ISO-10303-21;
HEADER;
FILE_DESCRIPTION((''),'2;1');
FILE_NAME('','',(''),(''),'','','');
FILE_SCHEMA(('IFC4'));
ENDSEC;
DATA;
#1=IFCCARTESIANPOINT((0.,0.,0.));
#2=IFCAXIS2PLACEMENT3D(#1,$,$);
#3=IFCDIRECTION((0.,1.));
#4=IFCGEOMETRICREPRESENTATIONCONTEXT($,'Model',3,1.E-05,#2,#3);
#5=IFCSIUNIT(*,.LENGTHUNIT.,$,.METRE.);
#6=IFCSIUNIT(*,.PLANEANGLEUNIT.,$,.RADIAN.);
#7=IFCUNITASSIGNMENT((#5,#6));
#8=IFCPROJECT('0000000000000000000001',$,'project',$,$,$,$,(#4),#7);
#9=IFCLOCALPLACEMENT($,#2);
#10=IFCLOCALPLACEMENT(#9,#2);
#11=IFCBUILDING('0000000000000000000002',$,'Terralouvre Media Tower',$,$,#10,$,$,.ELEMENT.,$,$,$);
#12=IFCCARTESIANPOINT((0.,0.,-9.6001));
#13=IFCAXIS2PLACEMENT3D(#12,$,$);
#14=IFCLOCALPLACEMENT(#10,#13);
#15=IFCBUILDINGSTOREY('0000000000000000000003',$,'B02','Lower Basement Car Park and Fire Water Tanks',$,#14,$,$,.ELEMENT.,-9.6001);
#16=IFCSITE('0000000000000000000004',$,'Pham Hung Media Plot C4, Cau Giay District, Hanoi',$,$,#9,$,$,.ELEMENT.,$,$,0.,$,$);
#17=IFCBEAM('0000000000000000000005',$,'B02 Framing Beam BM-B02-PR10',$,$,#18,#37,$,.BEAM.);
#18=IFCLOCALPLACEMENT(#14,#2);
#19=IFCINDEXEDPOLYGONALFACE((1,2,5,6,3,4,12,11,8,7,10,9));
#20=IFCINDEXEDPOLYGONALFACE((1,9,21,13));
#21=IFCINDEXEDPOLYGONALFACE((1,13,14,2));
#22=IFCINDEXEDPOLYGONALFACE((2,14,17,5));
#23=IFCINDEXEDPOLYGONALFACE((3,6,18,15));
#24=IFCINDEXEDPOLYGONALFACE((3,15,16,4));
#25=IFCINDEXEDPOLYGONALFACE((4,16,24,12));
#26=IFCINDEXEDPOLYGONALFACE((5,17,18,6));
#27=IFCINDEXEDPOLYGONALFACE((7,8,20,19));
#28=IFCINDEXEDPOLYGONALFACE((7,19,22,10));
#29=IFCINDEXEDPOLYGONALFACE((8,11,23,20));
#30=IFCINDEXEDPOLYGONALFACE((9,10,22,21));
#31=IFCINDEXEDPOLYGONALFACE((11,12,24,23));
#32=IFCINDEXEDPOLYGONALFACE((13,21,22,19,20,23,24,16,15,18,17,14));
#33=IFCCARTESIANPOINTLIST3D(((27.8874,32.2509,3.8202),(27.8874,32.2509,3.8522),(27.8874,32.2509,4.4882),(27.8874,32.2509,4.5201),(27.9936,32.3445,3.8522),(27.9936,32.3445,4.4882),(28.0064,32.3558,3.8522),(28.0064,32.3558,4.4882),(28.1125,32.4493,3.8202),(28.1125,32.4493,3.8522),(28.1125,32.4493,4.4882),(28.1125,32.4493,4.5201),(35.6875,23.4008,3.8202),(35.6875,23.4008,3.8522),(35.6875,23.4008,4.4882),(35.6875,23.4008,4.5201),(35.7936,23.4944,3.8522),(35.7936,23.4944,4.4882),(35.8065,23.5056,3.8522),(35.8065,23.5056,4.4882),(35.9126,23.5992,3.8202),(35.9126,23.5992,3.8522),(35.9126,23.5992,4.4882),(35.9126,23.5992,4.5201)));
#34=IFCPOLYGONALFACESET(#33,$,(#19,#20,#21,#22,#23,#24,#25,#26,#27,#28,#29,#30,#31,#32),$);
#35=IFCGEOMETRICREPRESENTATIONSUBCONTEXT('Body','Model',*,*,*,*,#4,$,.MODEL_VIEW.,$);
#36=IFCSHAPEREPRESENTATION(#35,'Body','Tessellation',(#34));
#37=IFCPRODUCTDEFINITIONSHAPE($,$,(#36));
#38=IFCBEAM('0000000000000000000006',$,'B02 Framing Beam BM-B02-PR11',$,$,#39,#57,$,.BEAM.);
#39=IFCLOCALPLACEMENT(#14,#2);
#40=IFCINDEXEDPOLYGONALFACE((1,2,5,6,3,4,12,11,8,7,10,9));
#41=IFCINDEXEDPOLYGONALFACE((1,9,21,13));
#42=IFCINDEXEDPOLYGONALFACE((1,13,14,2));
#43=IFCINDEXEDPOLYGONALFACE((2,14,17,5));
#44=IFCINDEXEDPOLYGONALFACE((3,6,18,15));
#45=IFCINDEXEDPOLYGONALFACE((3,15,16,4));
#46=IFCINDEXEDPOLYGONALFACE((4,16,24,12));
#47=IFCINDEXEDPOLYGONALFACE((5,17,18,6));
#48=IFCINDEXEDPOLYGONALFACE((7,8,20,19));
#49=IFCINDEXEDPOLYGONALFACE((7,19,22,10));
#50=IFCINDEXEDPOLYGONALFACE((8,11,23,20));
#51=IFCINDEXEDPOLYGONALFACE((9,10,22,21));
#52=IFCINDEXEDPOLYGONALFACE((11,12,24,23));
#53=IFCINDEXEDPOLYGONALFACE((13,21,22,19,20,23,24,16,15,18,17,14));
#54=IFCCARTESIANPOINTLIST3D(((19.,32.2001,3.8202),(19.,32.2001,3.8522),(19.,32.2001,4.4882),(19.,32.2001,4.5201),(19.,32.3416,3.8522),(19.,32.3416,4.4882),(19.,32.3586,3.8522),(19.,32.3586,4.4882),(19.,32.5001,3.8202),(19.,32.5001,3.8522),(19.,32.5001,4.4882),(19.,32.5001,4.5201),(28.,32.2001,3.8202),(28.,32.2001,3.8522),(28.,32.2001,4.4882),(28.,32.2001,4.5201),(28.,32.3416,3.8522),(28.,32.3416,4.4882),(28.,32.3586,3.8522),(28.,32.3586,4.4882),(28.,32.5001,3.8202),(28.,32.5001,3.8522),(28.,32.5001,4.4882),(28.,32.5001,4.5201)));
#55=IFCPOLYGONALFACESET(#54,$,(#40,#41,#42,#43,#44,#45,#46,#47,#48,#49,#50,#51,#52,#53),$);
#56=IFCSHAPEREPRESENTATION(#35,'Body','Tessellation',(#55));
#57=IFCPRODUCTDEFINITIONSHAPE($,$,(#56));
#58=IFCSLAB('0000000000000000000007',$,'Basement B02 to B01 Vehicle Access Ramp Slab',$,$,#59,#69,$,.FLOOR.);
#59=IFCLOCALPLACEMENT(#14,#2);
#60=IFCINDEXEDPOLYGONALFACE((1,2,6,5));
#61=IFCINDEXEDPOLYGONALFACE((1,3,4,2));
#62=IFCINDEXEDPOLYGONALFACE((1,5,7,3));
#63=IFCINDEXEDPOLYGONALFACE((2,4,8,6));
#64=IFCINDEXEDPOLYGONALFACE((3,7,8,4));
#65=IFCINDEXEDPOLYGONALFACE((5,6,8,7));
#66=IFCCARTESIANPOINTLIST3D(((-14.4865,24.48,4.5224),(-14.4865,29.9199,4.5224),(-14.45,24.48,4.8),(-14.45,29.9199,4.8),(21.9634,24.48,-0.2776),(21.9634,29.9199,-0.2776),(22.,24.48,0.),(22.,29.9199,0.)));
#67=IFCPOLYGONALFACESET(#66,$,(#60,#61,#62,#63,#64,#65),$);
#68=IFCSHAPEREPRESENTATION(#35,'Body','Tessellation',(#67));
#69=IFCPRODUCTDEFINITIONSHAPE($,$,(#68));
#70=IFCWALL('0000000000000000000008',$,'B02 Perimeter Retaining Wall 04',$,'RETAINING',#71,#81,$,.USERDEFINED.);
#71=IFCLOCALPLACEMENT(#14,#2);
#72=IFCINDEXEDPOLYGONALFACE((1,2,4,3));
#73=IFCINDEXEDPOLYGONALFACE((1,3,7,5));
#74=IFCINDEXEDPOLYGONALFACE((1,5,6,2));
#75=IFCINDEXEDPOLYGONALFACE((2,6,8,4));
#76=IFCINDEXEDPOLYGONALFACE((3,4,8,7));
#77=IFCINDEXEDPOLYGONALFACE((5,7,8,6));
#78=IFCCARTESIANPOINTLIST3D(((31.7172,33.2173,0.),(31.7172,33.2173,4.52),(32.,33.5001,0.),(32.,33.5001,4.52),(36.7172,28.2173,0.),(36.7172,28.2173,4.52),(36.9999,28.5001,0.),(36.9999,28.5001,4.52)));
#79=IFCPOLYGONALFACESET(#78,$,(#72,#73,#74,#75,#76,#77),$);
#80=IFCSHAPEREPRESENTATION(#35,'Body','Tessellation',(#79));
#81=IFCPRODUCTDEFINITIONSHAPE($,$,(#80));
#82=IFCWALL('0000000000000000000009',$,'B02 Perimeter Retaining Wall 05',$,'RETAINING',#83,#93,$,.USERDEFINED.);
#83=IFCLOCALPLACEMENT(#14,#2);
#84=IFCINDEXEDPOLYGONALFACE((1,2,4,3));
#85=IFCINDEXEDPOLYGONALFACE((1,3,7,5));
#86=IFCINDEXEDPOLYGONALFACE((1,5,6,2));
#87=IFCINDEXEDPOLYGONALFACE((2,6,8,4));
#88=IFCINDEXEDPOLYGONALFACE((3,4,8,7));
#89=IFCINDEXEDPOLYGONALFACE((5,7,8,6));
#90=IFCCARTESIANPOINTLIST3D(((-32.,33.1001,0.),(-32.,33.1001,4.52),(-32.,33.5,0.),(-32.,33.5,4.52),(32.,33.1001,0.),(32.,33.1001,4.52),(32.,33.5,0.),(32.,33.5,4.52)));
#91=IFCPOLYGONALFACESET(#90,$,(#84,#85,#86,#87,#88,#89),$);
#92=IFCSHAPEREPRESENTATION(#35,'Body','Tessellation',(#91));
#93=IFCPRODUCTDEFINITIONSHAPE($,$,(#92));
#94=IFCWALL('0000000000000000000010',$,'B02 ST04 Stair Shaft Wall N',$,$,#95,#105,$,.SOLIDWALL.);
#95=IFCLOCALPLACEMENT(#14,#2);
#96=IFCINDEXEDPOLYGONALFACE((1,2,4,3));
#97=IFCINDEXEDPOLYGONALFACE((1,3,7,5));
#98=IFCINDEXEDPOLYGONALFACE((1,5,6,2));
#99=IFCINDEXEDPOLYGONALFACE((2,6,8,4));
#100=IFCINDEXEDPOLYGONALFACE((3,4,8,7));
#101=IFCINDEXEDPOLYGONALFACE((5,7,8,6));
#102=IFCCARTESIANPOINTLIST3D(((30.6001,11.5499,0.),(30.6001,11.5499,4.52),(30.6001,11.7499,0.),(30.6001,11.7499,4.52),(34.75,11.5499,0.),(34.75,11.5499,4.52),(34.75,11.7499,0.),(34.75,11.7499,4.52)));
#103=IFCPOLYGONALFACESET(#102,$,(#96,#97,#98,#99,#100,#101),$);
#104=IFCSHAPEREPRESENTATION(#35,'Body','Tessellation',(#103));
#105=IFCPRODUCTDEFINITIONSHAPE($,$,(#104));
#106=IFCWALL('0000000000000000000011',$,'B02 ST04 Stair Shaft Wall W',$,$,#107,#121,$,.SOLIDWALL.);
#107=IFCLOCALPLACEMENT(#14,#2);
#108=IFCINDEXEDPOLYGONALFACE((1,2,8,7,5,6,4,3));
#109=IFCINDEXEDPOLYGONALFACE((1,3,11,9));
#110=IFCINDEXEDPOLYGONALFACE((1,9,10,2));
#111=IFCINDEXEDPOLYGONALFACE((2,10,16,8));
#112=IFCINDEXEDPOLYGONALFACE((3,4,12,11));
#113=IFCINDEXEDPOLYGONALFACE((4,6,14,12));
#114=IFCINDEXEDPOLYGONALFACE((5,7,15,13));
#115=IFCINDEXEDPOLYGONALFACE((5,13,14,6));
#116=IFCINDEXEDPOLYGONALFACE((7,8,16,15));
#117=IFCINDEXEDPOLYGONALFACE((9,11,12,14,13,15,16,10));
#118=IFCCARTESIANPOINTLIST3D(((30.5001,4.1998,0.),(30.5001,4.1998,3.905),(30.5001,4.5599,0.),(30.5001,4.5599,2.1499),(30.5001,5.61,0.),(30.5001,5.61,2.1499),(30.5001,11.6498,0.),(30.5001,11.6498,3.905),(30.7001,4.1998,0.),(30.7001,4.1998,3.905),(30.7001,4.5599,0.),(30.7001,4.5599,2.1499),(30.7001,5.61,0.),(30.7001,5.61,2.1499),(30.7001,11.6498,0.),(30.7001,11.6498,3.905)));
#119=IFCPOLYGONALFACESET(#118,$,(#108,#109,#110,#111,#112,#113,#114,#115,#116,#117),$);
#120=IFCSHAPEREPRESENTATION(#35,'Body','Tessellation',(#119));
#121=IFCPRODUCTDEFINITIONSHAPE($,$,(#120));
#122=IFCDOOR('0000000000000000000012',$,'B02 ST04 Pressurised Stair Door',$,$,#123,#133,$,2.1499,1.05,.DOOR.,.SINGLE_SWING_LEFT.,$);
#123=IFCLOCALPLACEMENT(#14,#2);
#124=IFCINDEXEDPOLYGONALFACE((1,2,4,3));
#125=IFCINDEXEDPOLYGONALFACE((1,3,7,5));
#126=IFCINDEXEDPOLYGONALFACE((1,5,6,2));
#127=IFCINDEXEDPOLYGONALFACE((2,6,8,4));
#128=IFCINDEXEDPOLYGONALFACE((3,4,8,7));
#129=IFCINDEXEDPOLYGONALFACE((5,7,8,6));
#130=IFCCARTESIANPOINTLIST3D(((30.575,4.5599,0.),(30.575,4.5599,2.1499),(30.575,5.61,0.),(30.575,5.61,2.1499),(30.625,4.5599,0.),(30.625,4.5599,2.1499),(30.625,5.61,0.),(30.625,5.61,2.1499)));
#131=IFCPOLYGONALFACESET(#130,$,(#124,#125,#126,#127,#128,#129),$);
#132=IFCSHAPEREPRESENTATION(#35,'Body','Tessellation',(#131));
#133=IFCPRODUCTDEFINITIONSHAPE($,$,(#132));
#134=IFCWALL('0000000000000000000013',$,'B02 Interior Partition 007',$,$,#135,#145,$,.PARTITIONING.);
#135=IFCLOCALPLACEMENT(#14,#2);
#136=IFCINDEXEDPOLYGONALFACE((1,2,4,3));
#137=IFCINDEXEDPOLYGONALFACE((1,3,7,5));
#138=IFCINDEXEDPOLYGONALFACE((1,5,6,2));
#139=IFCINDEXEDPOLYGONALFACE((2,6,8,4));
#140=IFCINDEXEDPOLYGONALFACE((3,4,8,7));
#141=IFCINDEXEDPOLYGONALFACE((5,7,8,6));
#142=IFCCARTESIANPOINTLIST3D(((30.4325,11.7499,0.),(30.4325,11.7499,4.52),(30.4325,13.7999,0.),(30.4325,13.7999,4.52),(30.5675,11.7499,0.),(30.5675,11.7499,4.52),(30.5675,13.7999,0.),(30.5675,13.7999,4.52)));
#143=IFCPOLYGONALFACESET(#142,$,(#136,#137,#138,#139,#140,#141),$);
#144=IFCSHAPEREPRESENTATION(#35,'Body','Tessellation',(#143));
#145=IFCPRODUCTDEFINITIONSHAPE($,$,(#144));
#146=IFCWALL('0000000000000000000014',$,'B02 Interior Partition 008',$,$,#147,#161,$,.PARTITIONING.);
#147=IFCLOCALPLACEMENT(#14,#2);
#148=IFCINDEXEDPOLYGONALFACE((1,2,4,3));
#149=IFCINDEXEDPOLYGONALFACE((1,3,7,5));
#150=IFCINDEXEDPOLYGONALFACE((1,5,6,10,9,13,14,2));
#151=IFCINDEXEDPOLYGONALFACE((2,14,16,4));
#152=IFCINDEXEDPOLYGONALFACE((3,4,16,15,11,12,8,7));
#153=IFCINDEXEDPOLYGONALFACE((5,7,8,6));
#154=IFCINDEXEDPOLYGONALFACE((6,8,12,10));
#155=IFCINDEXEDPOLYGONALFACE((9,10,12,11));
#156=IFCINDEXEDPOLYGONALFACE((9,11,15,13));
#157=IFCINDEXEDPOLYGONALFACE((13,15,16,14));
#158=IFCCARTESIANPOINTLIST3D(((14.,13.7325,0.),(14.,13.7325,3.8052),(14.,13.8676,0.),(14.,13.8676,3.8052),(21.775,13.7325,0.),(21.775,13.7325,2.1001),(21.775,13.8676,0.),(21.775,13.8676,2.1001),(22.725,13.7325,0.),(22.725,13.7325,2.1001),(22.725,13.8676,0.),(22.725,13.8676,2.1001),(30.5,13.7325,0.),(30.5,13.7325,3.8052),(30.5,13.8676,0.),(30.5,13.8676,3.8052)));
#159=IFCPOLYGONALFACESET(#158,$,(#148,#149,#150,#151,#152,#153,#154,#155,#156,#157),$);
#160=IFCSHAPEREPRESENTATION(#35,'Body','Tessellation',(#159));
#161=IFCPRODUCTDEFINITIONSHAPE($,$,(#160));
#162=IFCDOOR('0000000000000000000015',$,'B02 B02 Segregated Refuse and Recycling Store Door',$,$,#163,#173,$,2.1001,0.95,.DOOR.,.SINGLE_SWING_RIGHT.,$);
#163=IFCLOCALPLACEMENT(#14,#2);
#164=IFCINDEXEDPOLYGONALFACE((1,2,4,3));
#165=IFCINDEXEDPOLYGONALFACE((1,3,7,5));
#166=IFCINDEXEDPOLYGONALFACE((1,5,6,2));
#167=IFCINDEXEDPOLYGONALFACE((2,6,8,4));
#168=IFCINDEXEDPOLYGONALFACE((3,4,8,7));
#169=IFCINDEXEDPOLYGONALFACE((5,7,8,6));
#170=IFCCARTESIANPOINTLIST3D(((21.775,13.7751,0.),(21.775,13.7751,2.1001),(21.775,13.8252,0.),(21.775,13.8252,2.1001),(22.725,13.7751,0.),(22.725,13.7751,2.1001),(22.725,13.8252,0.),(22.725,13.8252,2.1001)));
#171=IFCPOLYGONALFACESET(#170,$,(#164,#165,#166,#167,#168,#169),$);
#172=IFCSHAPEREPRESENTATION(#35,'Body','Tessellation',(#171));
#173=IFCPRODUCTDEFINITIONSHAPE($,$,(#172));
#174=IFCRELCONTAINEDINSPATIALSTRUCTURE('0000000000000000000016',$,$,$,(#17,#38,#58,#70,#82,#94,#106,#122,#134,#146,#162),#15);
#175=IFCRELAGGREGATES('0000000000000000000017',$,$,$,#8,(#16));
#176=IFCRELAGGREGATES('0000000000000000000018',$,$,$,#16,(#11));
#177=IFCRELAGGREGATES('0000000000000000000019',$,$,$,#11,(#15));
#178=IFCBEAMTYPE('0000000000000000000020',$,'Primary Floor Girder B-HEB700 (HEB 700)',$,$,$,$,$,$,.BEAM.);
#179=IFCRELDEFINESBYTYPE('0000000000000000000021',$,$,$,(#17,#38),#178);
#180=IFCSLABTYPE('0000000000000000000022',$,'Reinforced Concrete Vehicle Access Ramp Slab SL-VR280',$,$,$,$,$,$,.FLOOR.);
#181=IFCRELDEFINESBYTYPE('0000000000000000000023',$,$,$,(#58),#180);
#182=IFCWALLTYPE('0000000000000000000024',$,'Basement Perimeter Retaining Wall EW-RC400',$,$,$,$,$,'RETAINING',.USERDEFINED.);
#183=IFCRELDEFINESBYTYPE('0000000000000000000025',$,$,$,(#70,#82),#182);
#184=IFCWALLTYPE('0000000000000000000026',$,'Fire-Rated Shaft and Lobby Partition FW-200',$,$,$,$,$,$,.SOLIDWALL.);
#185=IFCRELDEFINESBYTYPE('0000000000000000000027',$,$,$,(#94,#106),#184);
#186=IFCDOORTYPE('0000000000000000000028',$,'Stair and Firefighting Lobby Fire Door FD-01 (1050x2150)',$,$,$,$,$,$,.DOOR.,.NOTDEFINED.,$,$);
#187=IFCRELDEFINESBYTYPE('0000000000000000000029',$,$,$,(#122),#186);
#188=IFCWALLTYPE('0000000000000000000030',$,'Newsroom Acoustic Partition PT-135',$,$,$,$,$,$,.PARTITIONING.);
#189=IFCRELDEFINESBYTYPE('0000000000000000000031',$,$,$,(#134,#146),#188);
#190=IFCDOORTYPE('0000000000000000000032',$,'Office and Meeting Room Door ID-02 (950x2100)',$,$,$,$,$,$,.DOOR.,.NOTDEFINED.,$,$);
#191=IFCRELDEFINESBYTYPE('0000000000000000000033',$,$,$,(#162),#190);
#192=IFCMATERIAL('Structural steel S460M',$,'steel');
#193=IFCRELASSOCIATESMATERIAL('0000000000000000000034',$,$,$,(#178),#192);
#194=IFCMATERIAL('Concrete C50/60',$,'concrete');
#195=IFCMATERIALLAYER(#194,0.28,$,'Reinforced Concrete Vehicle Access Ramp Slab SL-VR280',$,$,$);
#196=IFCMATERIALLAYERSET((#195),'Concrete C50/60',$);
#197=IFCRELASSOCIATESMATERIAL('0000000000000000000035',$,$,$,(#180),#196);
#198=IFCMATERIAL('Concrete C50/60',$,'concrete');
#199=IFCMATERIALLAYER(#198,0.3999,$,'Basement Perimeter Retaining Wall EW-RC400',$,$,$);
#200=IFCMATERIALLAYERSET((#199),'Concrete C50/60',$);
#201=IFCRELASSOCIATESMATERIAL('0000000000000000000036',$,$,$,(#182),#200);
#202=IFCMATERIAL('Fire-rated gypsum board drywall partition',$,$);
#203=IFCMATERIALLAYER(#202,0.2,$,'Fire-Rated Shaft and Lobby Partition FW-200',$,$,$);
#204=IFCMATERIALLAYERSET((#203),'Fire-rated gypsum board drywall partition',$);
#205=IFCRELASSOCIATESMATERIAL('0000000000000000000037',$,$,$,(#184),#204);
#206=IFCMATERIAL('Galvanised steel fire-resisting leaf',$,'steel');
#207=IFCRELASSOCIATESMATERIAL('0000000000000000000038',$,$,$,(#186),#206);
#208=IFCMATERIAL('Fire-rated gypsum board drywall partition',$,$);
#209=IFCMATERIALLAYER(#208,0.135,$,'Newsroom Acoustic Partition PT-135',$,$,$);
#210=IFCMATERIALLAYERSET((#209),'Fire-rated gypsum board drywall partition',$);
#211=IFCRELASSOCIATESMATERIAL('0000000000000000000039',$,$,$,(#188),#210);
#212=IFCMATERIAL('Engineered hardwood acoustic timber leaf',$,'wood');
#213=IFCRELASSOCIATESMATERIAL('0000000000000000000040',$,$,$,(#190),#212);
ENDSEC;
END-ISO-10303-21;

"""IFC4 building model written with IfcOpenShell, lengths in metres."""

from ifc_helpers import new_model, si_unit, direction, frame, frame_2d, origin, origin_2d, place, context, subcontext, project, spatial, polyline, rectangle, i_section, outline, extrude, material, layer, layer_set, material_profile, profile_set, type_object, element, fill, save


model = new_model("IFC4")

# Units and contexts
model_context = context("Model", 3, precision=1e-05, world=origin(), true_north=direction((0.0, 1.0)))
body_context = subcontext(model_context, "Body", "Model", "MODEL_VIEW")
ifc_project = project(units=[si_unit("LENGTHUNIT", "METRE"), si_unit("PLANEANGLEUNIT", "RADIAN")], contexts=[model_context])

# Site, building, storey
site_placement = place(None, origin())
site = spatial("IfcSite", under=ifc_project, at=site_placement, Name="Pham Hung Media Plot C4, Cau Giay District, Hanoi", CompositionType="ELEMENT", RefElevation=0.0)
building_placement = place(site_placement, origin())
building = spatial("IfcBuilding", under=site, at=building_placement, Name="Terralouvre Media Tower", CompositionType="ELEMENT")
storey_placement = place(building_placement, frame((0.0, 0.0, -9.6001)))
storey = spatial("IfcBuildingStorey", under=building, at=storey_placement, Name="B02", Description="Lower Basement Car Park and Fire Water Tanks", CompositionType="ELEMENT", Elevation=-9.6001)

# Beams
ifc_material_1 = material(Name="Structural steel S460M", Category="steel")
ifc_material_profile_1 = material_profile(ifc_material_1, i_section(OverallWidth=0.3, OverallDepth=0.7, WebThickness=0.0171, FlangeThickness=0.032, at=origin_2d()), Name="HEB 700")
ifc_profile_set_1 = profile_set([ifc_material_profile_1], Name="Structural steel S460M")
beam_type_1 = type_object("IfcBeamType", Name="Primary Floor Girder B-HEB700 (HEB 700)", PredefinedType="BEAM", material=ifc_profile_set_1)
beam_1_placement = place(storey_placement, frame((35.8, 23.5, 4.1702), z_axis=(-0.661199, 0.75021, 0.0), x_axis=(-0.75021, -0.661199, 0.0)))
element("IfcBeam", 1, at=beam_1_placement, inside=storey, type_object=beam_type_1, Name="B02 Framing Beam BM-B02-PR10", PredefinedType="BEAM", context=body_context, shape_type="SweptSolid", body=[
    extrude(i_section(OverallWidth=0.3, OverallDepth=0.7, WebThickness=0.0171, FlangeThickness=0.032, at=origin_2d()), origin(), (0.0, 0.0, 1.0), 11.7969),
])
beam_2_placement = place(storey_placement, frame((28.0, 32.3501, 4.1702), z_axis=(-1.0, 0.0, 0.0), x_axis=(0.0, -1.0, 0.0)))
element("IfcBeam", 2, at=beam_2_placement, inside=storey, type_object=beam_type_1, Name="B02 Framing Beam BM-B02-PR11", PredefinedType="BEAM", context=body_context, shape_type="SweptSolid", body=[
    extrude(i_section(OverallWidth=0.3, OverallDepth=0.7, WebThickness=0.0171, FlangeThickness=0.032, at=origin_2d()), origin(), (0.0, 0.0, 1.0), 9.0),
])

# Slab
ifc_material_2 = material(Name="Concrete C50/60", Category="concrete")
ifc_layer_1 = layer(ifc_material_2, 0.28, Name="Reinforced Concrete Vehicle Access Ramp Slab SL-VR280")
ifc_layer_set_1 = layer_set([ifc_layer_1], Name="Concrete C50/60")
slab_type = type_object("IfcSlabType", Name="Reinforced Concrete Vehicle Access Ramp Slab SL-VR280", PredefinedType="FLOOR", material=ifc_layer_set_1)
slab_placement = place(storey_placement, frame((22.0, 24.48, 0.0), z_axis=(0.130562, 0.0, 0.99144), x_axis=(-0.99144, 0.0, 0.130562)))
element("IfcSlab", 3, at=slab_placement, inside=storey, type_object=slab_type, Name="Basement B02 to B01 Vehicle Access Ramp Slab", PredefinedType="FLOOR", context=body_context, shape_type="SweptSolid", body=[
    extrude(outline(polyline([(0.0, 0.0), (36.7646, 0.0), (36.7646, -5.4399), (0.0, -5.4399), (0.0, 0.0)])), origin(), (0.0, 0.0, -1.0), 0.28),
])

# Walls
ifc_material_3 = material(Name="Concrete C50/60", Category="concrete")
ifc_layer_2 = layer(ifc_material_3, 0.3999, Name="Basement Perimeter Retaining Wall EW-RC400")
ifc_layer_set_2 = layer_set([ifc_layer_2], Name="Concrete C50/60")
wall_type_1 = type_object("IfcWallType", Name="Basement Perimeter Retaining Wall EW-RC400", ElementType="RETAINING", PredefinedType="USERDEFINED", material=ifc_layer_set_2)
wall_1_placement = place(storey_placement, frame((36.8586, 28.3586, 0.0), z_axis=(0.0, 0.0, 1.0), x_axis=(-0.707107, 0.707107, 0.0)))
element("IfcWall", 4, at=wall_1_placement, inside=storey, type_object=wall_type_1, Name="B02 Perimeter Retaining Wall 04", ObjectType="RETAINING", PredefinedType="USERDEFINED", context=body_context, shape_type="SweptSolid", body=[
    extrude(rectangle(XDim=7.071, YDim=0.3999, at=frame_2d((3.5356, 0.0))), origin(), (0.0, 0.0, 1.0), 4.52),
])
wall_2_placement = place(storey_placement, frame((32.0, 33.3, 0.0), z_axis=(0.0, 0.0, 1.0), x_axis=(-1.0, 0.0, 0.0)))
element("IfcWall", 5, at=wall_2_placement, inside=storey, type_object=wall_type_1, Name="B02 Perimeter Retaining Wall 05", ObjectType="RETAINING", PredefinedType="USERDEFINED", context=body_context, shape_type="SweptSolid", body=[
    extrude(rectangle(XDim=64.0, YDim=0.3999, at=frame_2d((32.0, 0.0))), origin(), (0.0, 0.0, 1.0), 4.52),
])
ifc_material_4 = material(Name="Fire-rated gypsum board drywall partition")
ifc_layer_3 = layer(ifc_material_4, 0.2, Name="Fire-Rated Shaft and Lobby Partition FW-200")
ifc_layer_set_3 = layer_set([ifc_layer_3], Name="Fire-rated gypsum board drywall partition")
wall_type_2 = type_object("IfcWallType", Name="Fire-Rated Shaft and Lobby Partition FW-200", PredefinedType="SOLIDWALL", material=ifc_layer_set_3)
wall_3_placement = place(storey_placement, frame((34.75, 11.6499, 0.0), z_axis=(0.0, 0.0, 1.0), x_axis=(-1.0, 0.0, 0.0)))
element("IfcWall", 6, at=wall_3_placement, inside=storey, type_object=wall_type_2, Name="B02 ST04 Stair Shaft Wall N", PredefinedType="SOLIDWALL", context=body_context, shape_type="SweptSolid", body=[
    extrude(rectangle(XDim=4.1499, YDim=0.2, at=frame_2d((2.075, 0.0))), origin(), (0.0, 0.0, 1.0), 4.52),
])

# Wall, opening, door
wall_4_placement = place(storey_placement, frame((30.6001, 11.6499, 0.0), z_axis=(0.0, 0.0, 1.0), x_axis=(0.0, -1.0, 0.0)))
wall_4 = element("IfcWall", 7, at=wall_4_placement, inside=storey, type_object=wall_type_2, Name="B02 ST04 Stair Shaft Wall W", PredefinedType="SOLIDWALL", context=body_context, shape_type="SweptSolid", body=[
    extrude(rectangle(XDim=7.45, YDim=0.2, at=frame_2d((3.7251, 0.0))), origin(), (0.0, 0.0, 1.0), 3.905),
])
opening_1_placement = place(wall_4_placement, frame((6.04, 0.0, 0.0)))
opening_1 = element("IfcOpeningElement", 8, at=opening_1_placement, cuts=wall_4, PredefinedType="OPENING", context=body_context, shape_type="SweptSolid", body=[
    extrude(rectangle(XDim=1.05, YDim=2.1499, at=frame_2d((0.5249, 1.075))), frame((0.0, 0.1099, 0.0), z_axis=(0.0, -1.0, 0.0), x_axis=(1.0, 0.0, 0.0)), (0.0, 0.0, 1.0), 0.22),
])
ifc_material_5 = material(Name="Galvanised steel fire-resisting leaf", Category="steel")
door_type_1 = type_object("IfcDoorType", Name="Stair and Firefighting Lobby Fire Door FD-01 (1050x2150)", OperationType="NOTDEFINED", PredefinedType="DOOR", material=ifc_material_5)
door_1_placement = place(opening_1_placement, origin())
door_1 = element("IfcDoor", 9, at=door_1_placement, inside=storey, type_object=door_type_1, Name="B02 ST04 Pressurised Stair Door", OperationType="SINGLE_SWING_LEFT", OverallHeight=2.1499, OverallWidth=1.05, PredefinedType="DOOR", context=body_context, shape_type="SweptSolid", body=[
    extrude(rectangle(XDim=1.05, YDim=2.1499, at=frame_2d((0.5249, 1.075))), frame((0.0, 0.0249, 0.0), z_axis=(0.0, -1.0, 0.0), x_axis=(1.0, 0.0, 0.0)), (0.0, 0.0, 1.0), 0.05),
])
fill(opening_1, door_1)

# Wall
ifc_material_6 = material(Name="Fire-rated gypsum board drywall partition")
ifc_layer_4 = layer(ifc_material_6, 0.135, Name="Newsroom Acoustic Partition PT-135")
ifc_layer_set_4 = layer_set([ifc_layer_4], Name="Fire-rated gypsum board drywall partition")
wall_type_3 = type_object("IfcWallType", Name="Newsroom Acoustic Partition PT-135", PredefinedType="PARTITIONING", material=ifc_layer_set_4)
wall_5_placement = place(storey_placement, frame((30.5, 11.75, 0.0), z_axis=(0.0, 0.0, 1.0), x_axis=(0.0, 1.0, 0.0)))
element("IfcWall", 10, at=wall_5_placement, inside=storey, type_object=wall_type_3, Name="B02 Interior Partition 007", PredefinedType="PARTITIONING", context=body_context, shape_type="SweptSolid", body=[
    extrude(rectangle(XDim=2.05, YDim=0.135, at=frame_2d((1.0249, 0.0))), origin(), (0.0, 0.0, 1.0), 4.52),
])

# Wall, opening, door
wall_6_placement = place(storey_placement, frame((30.5, 13.8, 0.0), z_axis=(0.0, 0.0, 1.0), x_axis=(-1.0, 0.0, 0.0)))
wall_6 = element("IfcWall", 11, at=wall_6_placement, inside=storey, type_object=wall_type_3, Name="B02 Interior Partition 008", PredefinedType="PARTITIONING", context=body_context, shape_type="SweptSolid", body=[
    extrude(rectangle(XDim=16.5, YDim=0.135, at=frame_2d((8.25, 0.0))), origin(), (0.0, 0.0, 1.0), 3.8052),
])
opening_2_placement = place(wall_6_placement, frame((7.7749, 0.0, 0.0)))
opening_2 = element("IfcOpeningElement", 12, at=opening_2_placement, cuts=wall_6, PredefinedType="OPENING", context=body_context, shape_type="SweptSolid", body=[
    extrude(rectangle(XDim=0.95, YDim=2.1001, at=frame_2d((0.4751, 1.05))), frame((0.0, 0.0774, 0.0), z_axis=(0.0, -1.0, 0.0), x_axis=(1.0, 0.0, 0.0)), (0.0, 0.0, 1.0), 0.155),
])
ifc_material_7 = material(Name="Engineered hardwood acoustic timber leaf", Category="wood")
door_type_2 = type_object("IfcDoorType", Name="Office and Meeting Room Door ID-02 (950x2100)", OperationType="NOTDEFINED", PredefinedType="DOOR", material=ifc_material_7)
door_2_placement = place(opening_2_placement, origin())
door_2 = element("IfcDoor", 13, at=door_2_placement, inside=storey, type_object=door_type_2, Name="B02 B02 Segregated Refuse and Recycling Store Door", OperationType="SINGLE_SWING_RIGHT", OverallHeight=2.1001, OverallWidth=0.95, PredefinedType="DOOR", context=body_context, shape_type="SweptSolid", body=[
    extrude(rectangle(XDim=0.95, YDim=2.1001, at=frame_2d((0.4751, 1.05))), frame((0.0, 0.0249, 0.0), z_axis=(0.0, -1.0, 0.0), x_axis=(1.0, 0.0, 0.0)), (0.0, 0.0, 1.0), 0.05),
])
fill(opening_2, door_2)

save(model, "model.ifc")
